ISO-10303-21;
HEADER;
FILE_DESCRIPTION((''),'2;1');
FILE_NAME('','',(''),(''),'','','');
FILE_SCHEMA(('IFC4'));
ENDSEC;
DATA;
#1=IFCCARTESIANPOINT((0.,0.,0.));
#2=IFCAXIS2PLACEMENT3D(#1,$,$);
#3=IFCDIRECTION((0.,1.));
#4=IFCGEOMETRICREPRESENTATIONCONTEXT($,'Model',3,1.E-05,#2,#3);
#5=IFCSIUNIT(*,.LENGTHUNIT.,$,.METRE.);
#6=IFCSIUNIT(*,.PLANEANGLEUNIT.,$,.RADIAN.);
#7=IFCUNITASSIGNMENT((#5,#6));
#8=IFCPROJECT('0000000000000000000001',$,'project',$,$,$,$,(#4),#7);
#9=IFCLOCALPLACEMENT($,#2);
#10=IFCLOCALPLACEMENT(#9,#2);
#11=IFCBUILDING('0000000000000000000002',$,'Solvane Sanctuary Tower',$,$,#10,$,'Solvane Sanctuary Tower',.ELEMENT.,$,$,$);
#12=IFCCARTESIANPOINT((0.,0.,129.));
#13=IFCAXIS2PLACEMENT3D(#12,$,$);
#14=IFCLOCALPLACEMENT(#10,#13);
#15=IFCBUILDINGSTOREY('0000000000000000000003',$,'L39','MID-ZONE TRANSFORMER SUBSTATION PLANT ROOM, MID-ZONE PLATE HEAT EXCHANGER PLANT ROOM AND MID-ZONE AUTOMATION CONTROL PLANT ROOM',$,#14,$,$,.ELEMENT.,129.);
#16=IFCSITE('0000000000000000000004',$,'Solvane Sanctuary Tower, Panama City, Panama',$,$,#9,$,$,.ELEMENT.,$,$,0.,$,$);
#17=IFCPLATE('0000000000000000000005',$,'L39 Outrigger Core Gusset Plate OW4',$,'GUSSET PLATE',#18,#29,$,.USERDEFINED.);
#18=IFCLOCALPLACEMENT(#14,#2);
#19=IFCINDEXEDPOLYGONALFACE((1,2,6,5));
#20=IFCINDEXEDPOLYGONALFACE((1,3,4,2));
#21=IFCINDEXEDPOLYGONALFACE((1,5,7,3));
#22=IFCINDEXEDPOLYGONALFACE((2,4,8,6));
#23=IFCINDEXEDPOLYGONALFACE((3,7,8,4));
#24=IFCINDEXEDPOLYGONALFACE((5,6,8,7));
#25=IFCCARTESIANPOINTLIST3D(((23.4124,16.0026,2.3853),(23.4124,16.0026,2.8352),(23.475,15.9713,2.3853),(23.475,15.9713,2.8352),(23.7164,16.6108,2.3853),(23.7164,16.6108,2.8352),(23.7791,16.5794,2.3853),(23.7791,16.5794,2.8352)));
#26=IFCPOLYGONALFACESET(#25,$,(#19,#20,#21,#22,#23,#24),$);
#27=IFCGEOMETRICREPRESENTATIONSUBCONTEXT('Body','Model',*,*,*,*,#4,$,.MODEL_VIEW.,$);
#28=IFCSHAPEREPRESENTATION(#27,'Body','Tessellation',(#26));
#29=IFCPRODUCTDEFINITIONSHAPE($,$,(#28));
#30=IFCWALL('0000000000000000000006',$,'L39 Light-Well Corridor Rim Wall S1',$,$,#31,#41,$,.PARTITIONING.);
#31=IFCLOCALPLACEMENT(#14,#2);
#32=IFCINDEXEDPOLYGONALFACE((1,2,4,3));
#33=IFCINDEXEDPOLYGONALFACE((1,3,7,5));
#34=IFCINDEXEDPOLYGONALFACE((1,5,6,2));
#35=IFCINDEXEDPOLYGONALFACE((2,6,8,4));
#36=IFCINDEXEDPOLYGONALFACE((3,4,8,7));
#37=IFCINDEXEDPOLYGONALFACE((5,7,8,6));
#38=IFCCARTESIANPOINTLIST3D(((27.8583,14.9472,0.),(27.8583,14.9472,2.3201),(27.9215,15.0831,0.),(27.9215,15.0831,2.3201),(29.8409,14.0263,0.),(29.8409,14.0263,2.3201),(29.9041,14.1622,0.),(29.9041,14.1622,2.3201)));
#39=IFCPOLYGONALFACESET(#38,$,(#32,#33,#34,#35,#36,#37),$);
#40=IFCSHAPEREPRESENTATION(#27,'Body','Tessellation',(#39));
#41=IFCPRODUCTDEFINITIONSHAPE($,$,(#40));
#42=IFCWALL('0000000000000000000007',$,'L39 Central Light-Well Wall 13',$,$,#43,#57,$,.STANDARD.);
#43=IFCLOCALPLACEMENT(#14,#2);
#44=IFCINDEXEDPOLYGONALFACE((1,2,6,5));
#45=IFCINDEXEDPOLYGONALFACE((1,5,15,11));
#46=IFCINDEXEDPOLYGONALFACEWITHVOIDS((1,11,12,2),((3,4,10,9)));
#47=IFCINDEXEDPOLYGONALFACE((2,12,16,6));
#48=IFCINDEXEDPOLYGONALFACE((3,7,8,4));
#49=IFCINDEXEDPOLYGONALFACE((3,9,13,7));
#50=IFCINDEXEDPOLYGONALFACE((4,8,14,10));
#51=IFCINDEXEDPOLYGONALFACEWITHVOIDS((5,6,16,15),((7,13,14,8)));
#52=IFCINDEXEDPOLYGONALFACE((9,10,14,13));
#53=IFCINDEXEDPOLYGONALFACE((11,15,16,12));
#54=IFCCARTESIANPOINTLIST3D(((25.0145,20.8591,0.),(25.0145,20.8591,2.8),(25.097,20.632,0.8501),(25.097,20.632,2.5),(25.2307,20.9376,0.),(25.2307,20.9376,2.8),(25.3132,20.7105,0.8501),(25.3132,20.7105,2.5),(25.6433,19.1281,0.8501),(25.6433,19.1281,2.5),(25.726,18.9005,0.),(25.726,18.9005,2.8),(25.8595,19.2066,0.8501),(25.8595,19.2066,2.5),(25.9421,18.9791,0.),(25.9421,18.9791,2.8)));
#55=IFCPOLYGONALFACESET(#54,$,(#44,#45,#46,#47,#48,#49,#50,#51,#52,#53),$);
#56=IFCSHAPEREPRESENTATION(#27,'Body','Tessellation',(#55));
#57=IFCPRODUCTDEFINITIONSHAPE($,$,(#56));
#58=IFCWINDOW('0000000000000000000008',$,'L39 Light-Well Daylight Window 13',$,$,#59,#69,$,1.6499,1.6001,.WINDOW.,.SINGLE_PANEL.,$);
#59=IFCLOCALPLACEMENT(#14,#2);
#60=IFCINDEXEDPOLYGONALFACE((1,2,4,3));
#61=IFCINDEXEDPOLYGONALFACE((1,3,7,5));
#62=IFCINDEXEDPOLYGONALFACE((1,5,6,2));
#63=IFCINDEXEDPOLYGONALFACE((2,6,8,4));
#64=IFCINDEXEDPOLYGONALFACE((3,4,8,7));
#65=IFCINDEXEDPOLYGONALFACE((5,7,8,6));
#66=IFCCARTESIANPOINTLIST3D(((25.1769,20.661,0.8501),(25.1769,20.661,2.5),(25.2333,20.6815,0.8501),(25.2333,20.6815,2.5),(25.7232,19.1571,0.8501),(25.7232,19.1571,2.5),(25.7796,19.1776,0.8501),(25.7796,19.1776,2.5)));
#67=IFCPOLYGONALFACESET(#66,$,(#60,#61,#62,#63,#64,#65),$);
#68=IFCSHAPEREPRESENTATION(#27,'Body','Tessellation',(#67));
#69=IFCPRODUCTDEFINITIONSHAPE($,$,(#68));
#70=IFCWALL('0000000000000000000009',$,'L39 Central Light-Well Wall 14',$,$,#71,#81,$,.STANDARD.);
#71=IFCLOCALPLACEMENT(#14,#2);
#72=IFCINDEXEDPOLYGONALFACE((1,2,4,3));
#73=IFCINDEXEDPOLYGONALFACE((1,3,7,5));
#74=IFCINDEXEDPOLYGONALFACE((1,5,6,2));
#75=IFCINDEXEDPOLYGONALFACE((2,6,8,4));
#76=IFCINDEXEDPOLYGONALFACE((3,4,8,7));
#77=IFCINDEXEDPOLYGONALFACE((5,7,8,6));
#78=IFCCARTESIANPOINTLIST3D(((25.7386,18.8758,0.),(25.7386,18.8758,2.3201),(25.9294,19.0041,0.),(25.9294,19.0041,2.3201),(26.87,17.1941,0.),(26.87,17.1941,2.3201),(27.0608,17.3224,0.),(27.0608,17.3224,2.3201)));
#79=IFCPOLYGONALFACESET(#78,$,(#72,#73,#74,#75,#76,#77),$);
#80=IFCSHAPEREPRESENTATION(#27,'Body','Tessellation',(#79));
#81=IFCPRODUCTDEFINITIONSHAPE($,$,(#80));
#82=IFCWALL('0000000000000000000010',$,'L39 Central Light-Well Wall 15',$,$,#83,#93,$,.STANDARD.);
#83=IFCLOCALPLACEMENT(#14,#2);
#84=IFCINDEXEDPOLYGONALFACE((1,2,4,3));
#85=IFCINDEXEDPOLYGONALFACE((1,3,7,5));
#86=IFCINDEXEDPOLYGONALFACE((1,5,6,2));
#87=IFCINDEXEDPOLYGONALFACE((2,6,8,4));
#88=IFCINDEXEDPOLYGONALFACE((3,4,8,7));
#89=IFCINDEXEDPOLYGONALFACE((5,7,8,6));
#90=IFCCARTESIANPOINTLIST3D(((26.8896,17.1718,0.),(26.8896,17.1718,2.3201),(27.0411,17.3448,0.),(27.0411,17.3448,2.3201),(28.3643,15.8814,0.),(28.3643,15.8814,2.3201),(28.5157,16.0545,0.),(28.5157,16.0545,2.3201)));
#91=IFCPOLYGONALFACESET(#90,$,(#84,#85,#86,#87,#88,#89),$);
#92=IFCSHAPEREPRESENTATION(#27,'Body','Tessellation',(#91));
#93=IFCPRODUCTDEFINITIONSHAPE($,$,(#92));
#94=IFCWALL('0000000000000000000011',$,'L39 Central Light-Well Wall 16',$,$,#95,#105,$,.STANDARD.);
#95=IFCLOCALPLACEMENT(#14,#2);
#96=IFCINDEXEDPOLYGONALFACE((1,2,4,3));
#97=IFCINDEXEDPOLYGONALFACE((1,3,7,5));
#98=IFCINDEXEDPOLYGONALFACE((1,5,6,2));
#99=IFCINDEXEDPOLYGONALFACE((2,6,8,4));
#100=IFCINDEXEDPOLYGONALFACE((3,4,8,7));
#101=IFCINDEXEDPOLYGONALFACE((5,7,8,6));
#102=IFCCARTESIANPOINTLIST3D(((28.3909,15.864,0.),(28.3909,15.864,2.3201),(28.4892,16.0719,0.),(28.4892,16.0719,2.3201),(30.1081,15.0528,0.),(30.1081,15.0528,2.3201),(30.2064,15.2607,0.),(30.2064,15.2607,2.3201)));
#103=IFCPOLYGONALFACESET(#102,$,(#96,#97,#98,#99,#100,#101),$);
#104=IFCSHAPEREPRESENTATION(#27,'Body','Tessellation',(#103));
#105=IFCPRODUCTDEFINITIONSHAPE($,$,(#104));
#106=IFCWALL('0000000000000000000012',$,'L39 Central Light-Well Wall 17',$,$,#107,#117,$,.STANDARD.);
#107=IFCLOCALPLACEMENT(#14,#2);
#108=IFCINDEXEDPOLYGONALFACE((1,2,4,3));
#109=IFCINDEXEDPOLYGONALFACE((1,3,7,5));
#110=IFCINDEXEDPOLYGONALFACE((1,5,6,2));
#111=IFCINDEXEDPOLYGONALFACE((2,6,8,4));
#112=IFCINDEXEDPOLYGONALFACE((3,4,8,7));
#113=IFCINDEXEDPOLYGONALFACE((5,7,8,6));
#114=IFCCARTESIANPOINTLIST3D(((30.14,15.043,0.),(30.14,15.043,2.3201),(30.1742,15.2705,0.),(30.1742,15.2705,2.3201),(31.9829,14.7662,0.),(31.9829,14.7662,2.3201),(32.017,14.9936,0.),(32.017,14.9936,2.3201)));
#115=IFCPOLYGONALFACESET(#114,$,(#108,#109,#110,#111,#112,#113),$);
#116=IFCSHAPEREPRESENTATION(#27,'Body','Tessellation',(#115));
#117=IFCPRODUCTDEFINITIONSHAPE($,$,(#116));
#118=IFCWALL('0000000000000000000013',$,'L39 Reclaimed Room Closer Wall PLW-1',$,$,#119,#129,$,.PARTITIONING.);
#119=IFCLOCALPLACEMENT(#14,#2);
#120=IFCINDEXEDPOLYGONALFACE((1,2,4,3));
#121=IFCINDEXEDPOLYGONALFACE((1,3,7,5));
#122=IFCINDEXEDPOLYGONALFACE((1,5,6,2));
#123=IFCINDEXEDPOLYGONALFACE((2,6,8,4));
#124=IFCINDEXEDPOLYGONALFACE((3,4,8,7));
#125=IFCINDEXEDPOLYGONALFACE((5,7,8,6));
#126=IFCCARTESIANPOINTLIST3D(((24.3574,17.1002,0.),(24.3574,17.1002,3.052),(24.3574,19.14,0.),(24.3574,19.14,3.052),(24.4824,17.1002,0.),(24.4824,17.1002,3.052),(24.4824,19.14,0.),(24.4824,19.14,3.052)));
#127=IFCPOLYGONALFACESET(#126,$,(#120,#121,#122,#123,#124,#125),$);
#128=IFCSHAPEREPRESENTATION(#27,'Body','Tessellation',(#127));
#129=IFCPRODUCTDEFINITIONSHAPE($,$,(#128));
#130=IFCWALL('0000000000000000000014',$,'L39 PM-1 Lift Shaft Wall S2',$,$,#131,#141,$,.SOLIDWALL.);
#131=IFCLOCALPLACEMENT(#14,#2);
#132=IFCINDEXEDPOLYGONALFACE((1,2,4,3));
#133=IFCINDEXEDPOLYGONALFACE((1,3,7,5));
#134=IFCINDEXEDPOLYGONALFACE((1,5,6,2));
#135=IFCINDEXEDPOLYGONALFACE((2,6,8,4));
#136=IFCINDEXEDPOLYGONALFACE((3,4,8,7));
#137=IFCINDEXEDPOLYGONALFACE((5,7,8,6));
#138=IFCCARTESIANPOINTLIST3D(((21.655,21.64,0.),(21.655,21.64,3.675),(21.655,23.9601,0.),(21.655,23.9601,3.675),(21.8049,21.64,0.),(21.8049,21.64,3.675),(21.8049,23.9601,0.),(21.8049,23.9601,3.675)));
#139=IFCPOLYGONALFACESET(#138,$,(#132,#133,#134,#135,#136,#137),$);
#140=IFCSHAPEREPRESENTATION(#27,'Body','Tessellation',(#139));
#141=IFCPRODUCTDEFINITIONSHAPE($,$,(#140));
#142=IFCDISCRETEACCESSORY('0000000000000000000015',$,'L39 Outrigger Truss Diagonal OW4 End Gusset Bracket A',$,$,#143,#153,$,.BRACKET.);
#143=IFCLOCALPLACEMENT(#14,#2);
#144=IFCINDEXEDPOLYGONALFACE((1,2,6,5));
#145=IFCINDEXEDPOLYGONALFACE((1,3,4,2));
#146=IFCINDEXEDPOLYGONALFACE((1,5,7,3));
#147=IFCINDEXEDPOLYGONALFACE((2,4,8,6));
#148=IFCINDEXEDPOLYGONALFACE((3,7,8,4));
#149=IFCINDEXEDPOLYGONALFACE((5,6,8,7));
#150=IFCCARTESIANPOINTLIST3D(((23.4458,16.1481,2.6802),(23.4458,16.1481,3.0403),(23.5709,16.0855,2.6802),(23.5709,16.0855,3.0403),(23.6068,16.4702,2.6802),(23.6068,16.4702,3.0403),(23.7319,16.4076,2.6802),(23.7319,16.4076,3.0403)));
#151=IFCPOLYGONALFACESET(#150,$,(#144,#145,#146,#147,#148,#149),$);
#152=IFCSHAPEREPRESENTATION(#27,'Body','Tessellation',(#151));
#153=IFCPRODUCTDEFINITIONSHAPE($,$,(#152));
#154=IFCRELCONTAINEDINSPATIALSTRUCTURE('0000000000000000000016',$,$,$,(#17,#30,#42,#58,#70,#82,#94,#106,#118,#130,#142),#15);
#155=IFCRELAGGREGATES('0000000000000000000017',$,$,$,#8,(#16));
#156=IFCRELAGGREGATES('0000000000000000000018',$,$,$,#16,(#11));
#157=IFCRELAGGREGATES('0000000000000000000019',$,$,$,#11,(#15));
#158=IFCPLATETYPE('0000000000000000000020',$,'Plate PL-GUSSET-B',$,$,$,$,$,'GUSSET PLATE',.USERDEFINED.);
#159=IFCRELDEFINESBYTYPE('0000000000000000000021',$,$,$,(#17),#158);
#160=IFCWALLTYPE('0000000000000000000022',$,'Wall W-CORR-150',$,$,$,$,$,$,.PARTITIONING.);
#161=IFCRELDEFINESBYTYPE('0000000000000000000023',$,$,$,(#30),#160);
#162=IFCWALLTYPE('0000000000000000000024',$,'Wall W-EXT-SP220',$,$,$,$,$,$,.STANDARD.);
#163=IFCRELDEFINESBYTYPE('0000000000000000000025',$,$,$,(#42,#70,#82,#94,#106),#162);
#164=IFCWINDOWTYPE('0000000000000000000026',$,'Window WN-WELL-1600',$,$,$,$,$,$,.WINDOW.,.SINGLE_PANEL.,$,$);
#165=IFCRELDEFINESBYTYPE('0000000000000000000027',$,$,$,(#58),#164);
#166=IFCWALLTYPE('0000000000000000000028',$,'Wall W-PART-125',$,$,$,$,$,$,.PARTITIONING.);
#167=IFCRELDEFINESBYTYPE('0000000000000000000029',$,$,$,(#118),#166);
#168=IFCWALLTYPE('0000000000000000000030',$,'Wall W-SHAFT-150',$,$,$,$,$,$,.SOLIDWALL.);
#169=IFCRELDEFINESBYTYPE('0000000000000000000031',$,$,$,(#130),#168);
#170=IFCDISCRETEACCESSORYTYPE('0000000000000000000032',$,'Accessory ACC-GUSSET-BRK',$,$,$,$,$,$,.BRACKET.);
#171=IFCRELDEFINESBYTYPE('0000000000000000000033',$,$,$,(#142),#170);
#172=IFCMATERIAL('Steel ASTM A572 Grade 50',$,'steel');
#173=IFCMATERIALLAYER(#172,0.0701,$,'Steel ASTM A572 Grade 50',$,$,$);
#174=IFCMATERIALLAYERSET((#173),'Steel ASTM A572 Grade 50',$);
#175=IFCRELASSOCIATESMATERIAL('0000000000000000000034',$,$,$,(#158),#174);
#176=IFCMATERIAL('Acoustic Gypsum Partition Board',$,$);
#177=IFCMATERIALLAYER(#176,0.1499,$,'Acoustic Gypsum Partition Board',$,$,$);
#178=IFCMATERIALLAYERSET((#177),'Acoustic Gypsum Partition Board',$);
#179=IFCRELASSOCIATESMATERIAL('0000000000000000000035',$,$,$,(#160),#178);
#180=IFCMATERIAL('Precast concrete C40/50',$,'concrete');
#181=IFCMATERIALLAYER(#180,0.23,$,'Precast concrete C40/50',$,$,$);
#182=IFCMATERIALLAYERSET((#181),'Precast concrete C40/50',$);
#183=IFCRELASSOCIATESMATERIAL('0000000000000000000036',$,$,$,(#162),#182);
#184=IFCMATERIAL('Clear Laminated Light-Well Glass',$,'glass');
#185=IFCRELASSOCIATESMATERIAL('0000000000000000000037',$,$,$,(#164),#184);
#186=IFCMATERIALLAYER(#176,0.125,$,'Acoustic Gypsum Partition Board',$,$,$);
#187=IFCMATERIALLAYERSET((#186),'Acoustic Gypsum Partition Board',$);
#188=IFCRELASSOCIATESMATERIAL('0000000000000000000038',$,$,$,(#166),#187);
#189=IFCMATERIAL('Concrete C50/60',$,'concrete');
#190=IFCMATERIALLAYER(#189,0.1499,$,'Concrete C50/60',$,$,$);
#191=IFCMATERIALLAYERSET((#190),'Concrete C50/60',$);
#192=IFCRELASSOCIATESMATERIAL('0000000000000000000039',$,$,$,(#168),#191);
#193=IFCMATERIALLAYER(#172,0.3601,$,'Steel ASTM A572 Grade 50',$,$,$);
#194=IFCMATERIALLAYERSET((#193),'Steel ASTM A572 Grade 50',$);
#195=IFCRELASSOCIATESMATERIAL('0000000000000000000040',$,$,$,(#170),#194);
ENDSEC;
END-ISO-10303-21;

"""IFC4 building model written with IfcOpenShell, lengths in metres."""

from ifc_helpers import new_model, si_unit, direction, frame, frame_2d, origin, origin_2d, place, context, subcontext, project, spatial, rectangle, extrude, material, layer, layer_set, type_object, element, fill, save


model = new_model("IFC4")

# Units and contexts
model_context = context("Model", 3, precision=1e-05, world=origin(), true_north=direction((0.0, 1.0)))
body_context = subcontext(model_context, "Body", "Model", "MODEL_VIEW")
ifc_project = project(units=[si_unit("LENGTHUNIT", "METRE"), si_unit("PLANEANGLEUNIT", "RADIAN")], contexts=[model_context])

# Site, building, storey
site_placement = place(None, origin())
site = spatial("IfcSite", under=ifc_project, at=site_placement, Name="Solvane Sanctuary Tower, Panama City, Panama", CompositionType="ELEMENT", RefElevation=0.0)
building_placement = place(site_placement, origin())
building = spatial("IfcBuilding", under=site, at=building_placement, Name="Solvane Sanctuary Tower", LongName="Solvane Sanctuary Tower", CompositionType="ELEMENT")
storey_placement = place(building_placement, frame((0.0, 0.0, 129.0)))
storey = spatial("IfcBuildingStorey", under=building, at=storey_placement, Name="L39", Description="MID-ZONE TRANSFORMER SUBSTATION PLANT ROOM, MID-ZONE PLATE HEAT EXCHANGER PLANT ROOM AND MID-ZONE AUTOMATION CONTROL PLANT ROOM", CompositionType="ELEMENT", Elevation=129.0)

# Shared definitions
ifc_material_1 = material(Name="Concrete C50/60", Category="concrete")

# Plate
ifc_material_2 = material(Name="Steel ASTM A572 Grade 50", Category="steel")
ifc_layer_1 = layer(ifc_material_2, 0.0701, Name="Steel ASTM A572 Grade 50")
ifc_layer_set_1 = layer_set([ifc_layer_1], Name="Steel ASTM A572 Grade 50")
plate_type = type_object("IfcPlateType", Name="Plate PL-GUSSET-B", ElementType="GUSSET PLATE", PredefinedType="USERDEFINED", material=ifc_layer_set_1)
plate_placement = place(storey_placement, frame((23.5957, 16.291, 2.3853), z_axis=(0.0, 0.0, 1.0), x_axis=(-0.447135, -0.894467, 0.0)))
element("IfcPlate", 1, at=plate_placement, inside=storey, type_object=plate_type, Name="L39 Outrigger Core Gusset Plate OW4", ObjectType="GUSSET PLATE", PredefinedType="USERDEFINED", context=body_context, shape_type="SweptSolid", body=[
    extrude(rectangle(XDim=0.6799, YDim=0.0701, at=origin_2d()), origin(), (0.0, 0.0, 1.0), 0.45),
])

# Wall
ifc_material_3 = material(Name="Acoustic Gypsum Partition Board")
ifc_layer_2 = layer(ifc_material_3, 0.1499, Name="Acoustic Gypsum Partition Board")
ifc_layer_set_2 = layer_set([ifc_layer_2], Name="Acoustic Gypsum Partition Board")
wall_type_1 = type_object("IfcWallType", Name="Wall W-CORR-150", PredefinedType="PARTITIONING", material=ifc_layer_set_2)
wall_1_placement = place(storey_placement, frame((27.8899, 15.0151, 0.0), z_axis=(0.0, 0.0, 1.0), x_axis=(0.906943, -0.421252, 0.0)))
element("IfcWall", 2, at=wall_1_placement, inside=storey, type_object=wall_type_1, Name="L39 Light-Well Corridor Rim Wall S1", PredefinedType="PARTITIONING", context=body_context, shape_type="SweptSolid", body=[
    extrude(rectangle(XDim=2.186, YDim=0.1499, at=frame_2d((1.093, 0.0))), origin(), (0.0, 0.0, 1.0), 2.3201),
])

# Wall, opening, window
ifc_material_4 = material(Name="Precast concrete C40/50", Category="concrete")
ifc_layer_3 = layer(ifc_material_4, 0.23, Name="Precast concrete C40/50")
ifc_layer_set_3 = layer_set([ifc_layer_3], Name="Precast concrete C40/50")
wall_type_2 = type_object("IfcWallType", Name="Wall W-EXT-SP220", PredefinedType="STANDARD", material=ifc_layer_set_3)
wall_2_placement = place(storey_placement, frame((25.1226, 20.8984, 0.0), z_axis=(0.0, 0.0, 1.0), x_axis=(0.341423, -0.93991, 0.0)))
wall_2 = element("IfcWall", 3, at=wall_2_placement, inside=storey, type_object=wall_type_2, Name="L39 Central Light-Well Wall 13", PredefinedType="STANDARD", context=body_context, shape_type="SweptSolid", body=[
    extrude(rectangle(XDim=2.0837, YDim=0.23, at=frame_2d((1.042, 0.0))), origin(), (0.0, 0.0, 1.0), 2.8),
])
opening_placement = place(wall_2_placement, frame((0.2417, 0.0, 0.8501)))
opening = element("IfcOpeningElement", 4, at=opening_placement, cuts=wall_2, PredefinedType="OPENING", context=body_context, shape_type="SweptSolid", body=[
    extrude(rectangle(XDim=1.6001, YDim=1.6499, at=frame_2d((0.8, 0.825))), frame((0.0, 0.125, 0.0), z_axis=(0.0, -1.0, 0.0), x_axis=(1.0, 0.0, 0.0)), (0.0, 0.0, 1.0), 0.25),
])
ifc_material_5 = material(Name="Clear Laminated Light-Well Glass", Category="glass")
window_type = type_object("IfcWindowType", Name="Window WN-WELL-1600", PartitioningType="SINGLE_PANEL", PredefinedType="WINDOW", material=ifc_material_5)
window_placement = place(opening_placement, origin())
window = element("IfcWindow", 5, at=window_placement, inside=storey, type_object=window_type, Name="L39 Light-Well Daylight Window 13", OverallHeight=1.6499, OverallWidth=1.6001, PartitioningType="SINGLE_PANEL", PredefinedType="WINDOW", context=body_context, shape_type="SweptSolid", body=[
    extrude(rectangle(XDim=1.6001, YDim=1.6499, at=frame_2d((0.8, 0.825))), frame((0.0, 0.03, 0.0), z_axis=(0.0, -1.0, 0.0), x_axis=(1.0, 0.0, 0.0)), (0.0, 0.0, 1.0), 0.0601),
])
fill(opening, window)

# Walls
wall_3_placement = place(storey_placement, frame((25.834, 18.9399, 0.0), z_axis=(0.0, 0.0, 1.0), x_axis=(0.558198, -0.829708, 0.0)))
element("IfcWall", 6, at=wall_3_placement, inside=storey, type_object=wall_type_2, Name="L39 Central Light-Well Wall 14", PredefinedType="STANDARD", context=body_context, shape_type="SweptSolid", body=[
    extrude(rectangle(XDim=2.0269, YDim=0.23, at=frame_2d((1.0134, 0.0))), origin(), (0.0, 0.0, 1.0), 2.3201),
])
wall_4_placement = place(storey_placement, frame((26.9653, 17.2583, 0.0), z_axis=(0.0, 0.0, 1.0), x_axis=(0.752577, -0.658505, 0.0)))
element("IfcWall", 7, at=wall_4_placement, inside=storey, type_object=wall_type_2, Name="L39 Central Light-Well Wall 15", PredefinedType="STANDARD", context=body_context, shape_type="SweptSolid", body=[
    extrude(rectangle(XDim=1.9595, YDim=0.23, at=frame_2d((0.9797, 0.0))), origin(), (0.0, 0.0, 1.0), 2.3201),
])
wall_5_placement = place(storey_placement, frame((28.4399, 15.968, 0.0), z_axis=(0.0, 0.0, 1.0), x_axis=(0.90418, -0.427152, 0.0)))
element("IfcWall", 8, at=wall_5_placement, inside=storey, type_object=wall_type_2, Name="L39 Central Light-Well Wall 16", PredefinedType="STANDARD", context=body_context, shape_type="SweptSolid", body=[
    extrude(rectangle(XDim=1.8992, YDim=0.23, at=frame_2d((0.9497, 0.0))), origin(), (0.0, 0.0, 1.0), 2.3201),
])
wall_6_placement = place(storey_placement, frame((30.1572, 15.1567, 0.0), z_axis=(0.0, 0.0, 1.0), x_axis=(0.988902, -0.148571, 0.0)))
element("IfcWall", 9, at=wall_6_placement, inside=storey, type_object=wall_type_2, Name="L39 Central Light-Well Wall 17", PredefinedType="STANDARD", context=body_context, shape_type="SweptSolid", body=[
    extrude(rectangle(XDim=1.8635, YDim=0.23, at=frame_2d((0.9316, 0.0))), origin(), (0.0, 0.0, 1.0), 2.3201),
])
ifc_layer_4 = layer(ifc_material_3, 0.125, Name="Acoustic Gypsum Partition Board")
ifc_layer_set_4 = layer_set([ifc_layer_4], Name="Acoustic Gypsum Partition Board")
wall_type_3 = type_object("IfcWallType", Name="Wall W-PART-125", PredefinedType="PARTITIONING", material=ifc_layer_set_4)
wall_7_placement = place(storey_placement, frame((24.4199, 17.1001, 0.0), z_axis=(0.0, 0.0, 1.0), x_axis=(0.0, 1.0, 0.0)))
element("IfcWall", 10, at=wall_7_placement, inside=storey, type_object=wall_type_3, Name="L39 Reclaimed Room Closer Wall PLW-1", PredefinedType="PARTITIONING", context=body_context, shape_type="SweptSolid", body=[
    extrude(rectangle(XDim=2.0398, YDim=0.125, at=frame_2d((1.02, 0.0))), origin(), (0.0, 0.0, 1.0), 3.052),
])
ifc_layer_5 = layer(ifc_material_1, 0.1499, Name="Concrete C50/60")
ifc_layer_set_5 = layer_set([ifc_layer_5], Name="Concrete C50/60")
wall_type_4 = type_object("IfcWallType", Name="Wall W-SHAFT-150", PredefinedType="SOLIDWALL", material=ifc_layer_set_5)
wall_8_placement = place(storey_placement, frame((21.73, 21.6399, 0.0), z_axis=(0.0, 0.0, 1.0), x_axis=(0.0, 1.0, 0.0)))
element("IfcWall", 11, at=wall_8_placement, inside=storey, type_object=wall_type_4, Name="L39 PM-1 Lift Shaft Wall S2", PredefinedType="SOLIDWALL", context=body_context, shape_type="SweptSolid", body=[
    extrude(rectangle(XDim=2.3201, YDim=0.1499, at=frame_2d((1.1602, 0.0))), origin(), (0.0, 0.0, 1.0), 3.675),
])

# Discrete accessory
ifc_layer_6 = layer(ifc_material_2, 0.3601, Name="Steel ASTM A572 Grade 50")
ifc_layer_set_6 = layer_set([ifc_layer_6], Name="Steel ASTM A572 Grade 50")
discrete_accessory_type = type_object("IfcDiscreteAccessoryType", Name="Accessory ACC-GUSSET-BRK", PredefinedType="BRACKET", material=ifc_layer_set_6)
discrete_accessory_placement = place(storey_placement, frame((23.5889, 16.2778, 2.6802), z_axis=(0.0, 0.0, 1.0), x_axis=(-0.447135, -0.894467, 0.0)))
element("IfcDiscreteAccessory", 12, at=discrete_accessory_placement, inside=storey, type_object=discrete_accessory_type, Name="L39 Outrigger Truss Diagonal OW4 End Gusset Bracket A", PredefinedType="BRACKET", context=body_context, shape_type="SweptSolid", body=[
    extrude(rectangle(XDim=0.3601, YDim=0.1399, at=origin_2d()), origin(), (0.0, 0.0, 1.0), 0.3601),
])

save(model, "model.ifc")
